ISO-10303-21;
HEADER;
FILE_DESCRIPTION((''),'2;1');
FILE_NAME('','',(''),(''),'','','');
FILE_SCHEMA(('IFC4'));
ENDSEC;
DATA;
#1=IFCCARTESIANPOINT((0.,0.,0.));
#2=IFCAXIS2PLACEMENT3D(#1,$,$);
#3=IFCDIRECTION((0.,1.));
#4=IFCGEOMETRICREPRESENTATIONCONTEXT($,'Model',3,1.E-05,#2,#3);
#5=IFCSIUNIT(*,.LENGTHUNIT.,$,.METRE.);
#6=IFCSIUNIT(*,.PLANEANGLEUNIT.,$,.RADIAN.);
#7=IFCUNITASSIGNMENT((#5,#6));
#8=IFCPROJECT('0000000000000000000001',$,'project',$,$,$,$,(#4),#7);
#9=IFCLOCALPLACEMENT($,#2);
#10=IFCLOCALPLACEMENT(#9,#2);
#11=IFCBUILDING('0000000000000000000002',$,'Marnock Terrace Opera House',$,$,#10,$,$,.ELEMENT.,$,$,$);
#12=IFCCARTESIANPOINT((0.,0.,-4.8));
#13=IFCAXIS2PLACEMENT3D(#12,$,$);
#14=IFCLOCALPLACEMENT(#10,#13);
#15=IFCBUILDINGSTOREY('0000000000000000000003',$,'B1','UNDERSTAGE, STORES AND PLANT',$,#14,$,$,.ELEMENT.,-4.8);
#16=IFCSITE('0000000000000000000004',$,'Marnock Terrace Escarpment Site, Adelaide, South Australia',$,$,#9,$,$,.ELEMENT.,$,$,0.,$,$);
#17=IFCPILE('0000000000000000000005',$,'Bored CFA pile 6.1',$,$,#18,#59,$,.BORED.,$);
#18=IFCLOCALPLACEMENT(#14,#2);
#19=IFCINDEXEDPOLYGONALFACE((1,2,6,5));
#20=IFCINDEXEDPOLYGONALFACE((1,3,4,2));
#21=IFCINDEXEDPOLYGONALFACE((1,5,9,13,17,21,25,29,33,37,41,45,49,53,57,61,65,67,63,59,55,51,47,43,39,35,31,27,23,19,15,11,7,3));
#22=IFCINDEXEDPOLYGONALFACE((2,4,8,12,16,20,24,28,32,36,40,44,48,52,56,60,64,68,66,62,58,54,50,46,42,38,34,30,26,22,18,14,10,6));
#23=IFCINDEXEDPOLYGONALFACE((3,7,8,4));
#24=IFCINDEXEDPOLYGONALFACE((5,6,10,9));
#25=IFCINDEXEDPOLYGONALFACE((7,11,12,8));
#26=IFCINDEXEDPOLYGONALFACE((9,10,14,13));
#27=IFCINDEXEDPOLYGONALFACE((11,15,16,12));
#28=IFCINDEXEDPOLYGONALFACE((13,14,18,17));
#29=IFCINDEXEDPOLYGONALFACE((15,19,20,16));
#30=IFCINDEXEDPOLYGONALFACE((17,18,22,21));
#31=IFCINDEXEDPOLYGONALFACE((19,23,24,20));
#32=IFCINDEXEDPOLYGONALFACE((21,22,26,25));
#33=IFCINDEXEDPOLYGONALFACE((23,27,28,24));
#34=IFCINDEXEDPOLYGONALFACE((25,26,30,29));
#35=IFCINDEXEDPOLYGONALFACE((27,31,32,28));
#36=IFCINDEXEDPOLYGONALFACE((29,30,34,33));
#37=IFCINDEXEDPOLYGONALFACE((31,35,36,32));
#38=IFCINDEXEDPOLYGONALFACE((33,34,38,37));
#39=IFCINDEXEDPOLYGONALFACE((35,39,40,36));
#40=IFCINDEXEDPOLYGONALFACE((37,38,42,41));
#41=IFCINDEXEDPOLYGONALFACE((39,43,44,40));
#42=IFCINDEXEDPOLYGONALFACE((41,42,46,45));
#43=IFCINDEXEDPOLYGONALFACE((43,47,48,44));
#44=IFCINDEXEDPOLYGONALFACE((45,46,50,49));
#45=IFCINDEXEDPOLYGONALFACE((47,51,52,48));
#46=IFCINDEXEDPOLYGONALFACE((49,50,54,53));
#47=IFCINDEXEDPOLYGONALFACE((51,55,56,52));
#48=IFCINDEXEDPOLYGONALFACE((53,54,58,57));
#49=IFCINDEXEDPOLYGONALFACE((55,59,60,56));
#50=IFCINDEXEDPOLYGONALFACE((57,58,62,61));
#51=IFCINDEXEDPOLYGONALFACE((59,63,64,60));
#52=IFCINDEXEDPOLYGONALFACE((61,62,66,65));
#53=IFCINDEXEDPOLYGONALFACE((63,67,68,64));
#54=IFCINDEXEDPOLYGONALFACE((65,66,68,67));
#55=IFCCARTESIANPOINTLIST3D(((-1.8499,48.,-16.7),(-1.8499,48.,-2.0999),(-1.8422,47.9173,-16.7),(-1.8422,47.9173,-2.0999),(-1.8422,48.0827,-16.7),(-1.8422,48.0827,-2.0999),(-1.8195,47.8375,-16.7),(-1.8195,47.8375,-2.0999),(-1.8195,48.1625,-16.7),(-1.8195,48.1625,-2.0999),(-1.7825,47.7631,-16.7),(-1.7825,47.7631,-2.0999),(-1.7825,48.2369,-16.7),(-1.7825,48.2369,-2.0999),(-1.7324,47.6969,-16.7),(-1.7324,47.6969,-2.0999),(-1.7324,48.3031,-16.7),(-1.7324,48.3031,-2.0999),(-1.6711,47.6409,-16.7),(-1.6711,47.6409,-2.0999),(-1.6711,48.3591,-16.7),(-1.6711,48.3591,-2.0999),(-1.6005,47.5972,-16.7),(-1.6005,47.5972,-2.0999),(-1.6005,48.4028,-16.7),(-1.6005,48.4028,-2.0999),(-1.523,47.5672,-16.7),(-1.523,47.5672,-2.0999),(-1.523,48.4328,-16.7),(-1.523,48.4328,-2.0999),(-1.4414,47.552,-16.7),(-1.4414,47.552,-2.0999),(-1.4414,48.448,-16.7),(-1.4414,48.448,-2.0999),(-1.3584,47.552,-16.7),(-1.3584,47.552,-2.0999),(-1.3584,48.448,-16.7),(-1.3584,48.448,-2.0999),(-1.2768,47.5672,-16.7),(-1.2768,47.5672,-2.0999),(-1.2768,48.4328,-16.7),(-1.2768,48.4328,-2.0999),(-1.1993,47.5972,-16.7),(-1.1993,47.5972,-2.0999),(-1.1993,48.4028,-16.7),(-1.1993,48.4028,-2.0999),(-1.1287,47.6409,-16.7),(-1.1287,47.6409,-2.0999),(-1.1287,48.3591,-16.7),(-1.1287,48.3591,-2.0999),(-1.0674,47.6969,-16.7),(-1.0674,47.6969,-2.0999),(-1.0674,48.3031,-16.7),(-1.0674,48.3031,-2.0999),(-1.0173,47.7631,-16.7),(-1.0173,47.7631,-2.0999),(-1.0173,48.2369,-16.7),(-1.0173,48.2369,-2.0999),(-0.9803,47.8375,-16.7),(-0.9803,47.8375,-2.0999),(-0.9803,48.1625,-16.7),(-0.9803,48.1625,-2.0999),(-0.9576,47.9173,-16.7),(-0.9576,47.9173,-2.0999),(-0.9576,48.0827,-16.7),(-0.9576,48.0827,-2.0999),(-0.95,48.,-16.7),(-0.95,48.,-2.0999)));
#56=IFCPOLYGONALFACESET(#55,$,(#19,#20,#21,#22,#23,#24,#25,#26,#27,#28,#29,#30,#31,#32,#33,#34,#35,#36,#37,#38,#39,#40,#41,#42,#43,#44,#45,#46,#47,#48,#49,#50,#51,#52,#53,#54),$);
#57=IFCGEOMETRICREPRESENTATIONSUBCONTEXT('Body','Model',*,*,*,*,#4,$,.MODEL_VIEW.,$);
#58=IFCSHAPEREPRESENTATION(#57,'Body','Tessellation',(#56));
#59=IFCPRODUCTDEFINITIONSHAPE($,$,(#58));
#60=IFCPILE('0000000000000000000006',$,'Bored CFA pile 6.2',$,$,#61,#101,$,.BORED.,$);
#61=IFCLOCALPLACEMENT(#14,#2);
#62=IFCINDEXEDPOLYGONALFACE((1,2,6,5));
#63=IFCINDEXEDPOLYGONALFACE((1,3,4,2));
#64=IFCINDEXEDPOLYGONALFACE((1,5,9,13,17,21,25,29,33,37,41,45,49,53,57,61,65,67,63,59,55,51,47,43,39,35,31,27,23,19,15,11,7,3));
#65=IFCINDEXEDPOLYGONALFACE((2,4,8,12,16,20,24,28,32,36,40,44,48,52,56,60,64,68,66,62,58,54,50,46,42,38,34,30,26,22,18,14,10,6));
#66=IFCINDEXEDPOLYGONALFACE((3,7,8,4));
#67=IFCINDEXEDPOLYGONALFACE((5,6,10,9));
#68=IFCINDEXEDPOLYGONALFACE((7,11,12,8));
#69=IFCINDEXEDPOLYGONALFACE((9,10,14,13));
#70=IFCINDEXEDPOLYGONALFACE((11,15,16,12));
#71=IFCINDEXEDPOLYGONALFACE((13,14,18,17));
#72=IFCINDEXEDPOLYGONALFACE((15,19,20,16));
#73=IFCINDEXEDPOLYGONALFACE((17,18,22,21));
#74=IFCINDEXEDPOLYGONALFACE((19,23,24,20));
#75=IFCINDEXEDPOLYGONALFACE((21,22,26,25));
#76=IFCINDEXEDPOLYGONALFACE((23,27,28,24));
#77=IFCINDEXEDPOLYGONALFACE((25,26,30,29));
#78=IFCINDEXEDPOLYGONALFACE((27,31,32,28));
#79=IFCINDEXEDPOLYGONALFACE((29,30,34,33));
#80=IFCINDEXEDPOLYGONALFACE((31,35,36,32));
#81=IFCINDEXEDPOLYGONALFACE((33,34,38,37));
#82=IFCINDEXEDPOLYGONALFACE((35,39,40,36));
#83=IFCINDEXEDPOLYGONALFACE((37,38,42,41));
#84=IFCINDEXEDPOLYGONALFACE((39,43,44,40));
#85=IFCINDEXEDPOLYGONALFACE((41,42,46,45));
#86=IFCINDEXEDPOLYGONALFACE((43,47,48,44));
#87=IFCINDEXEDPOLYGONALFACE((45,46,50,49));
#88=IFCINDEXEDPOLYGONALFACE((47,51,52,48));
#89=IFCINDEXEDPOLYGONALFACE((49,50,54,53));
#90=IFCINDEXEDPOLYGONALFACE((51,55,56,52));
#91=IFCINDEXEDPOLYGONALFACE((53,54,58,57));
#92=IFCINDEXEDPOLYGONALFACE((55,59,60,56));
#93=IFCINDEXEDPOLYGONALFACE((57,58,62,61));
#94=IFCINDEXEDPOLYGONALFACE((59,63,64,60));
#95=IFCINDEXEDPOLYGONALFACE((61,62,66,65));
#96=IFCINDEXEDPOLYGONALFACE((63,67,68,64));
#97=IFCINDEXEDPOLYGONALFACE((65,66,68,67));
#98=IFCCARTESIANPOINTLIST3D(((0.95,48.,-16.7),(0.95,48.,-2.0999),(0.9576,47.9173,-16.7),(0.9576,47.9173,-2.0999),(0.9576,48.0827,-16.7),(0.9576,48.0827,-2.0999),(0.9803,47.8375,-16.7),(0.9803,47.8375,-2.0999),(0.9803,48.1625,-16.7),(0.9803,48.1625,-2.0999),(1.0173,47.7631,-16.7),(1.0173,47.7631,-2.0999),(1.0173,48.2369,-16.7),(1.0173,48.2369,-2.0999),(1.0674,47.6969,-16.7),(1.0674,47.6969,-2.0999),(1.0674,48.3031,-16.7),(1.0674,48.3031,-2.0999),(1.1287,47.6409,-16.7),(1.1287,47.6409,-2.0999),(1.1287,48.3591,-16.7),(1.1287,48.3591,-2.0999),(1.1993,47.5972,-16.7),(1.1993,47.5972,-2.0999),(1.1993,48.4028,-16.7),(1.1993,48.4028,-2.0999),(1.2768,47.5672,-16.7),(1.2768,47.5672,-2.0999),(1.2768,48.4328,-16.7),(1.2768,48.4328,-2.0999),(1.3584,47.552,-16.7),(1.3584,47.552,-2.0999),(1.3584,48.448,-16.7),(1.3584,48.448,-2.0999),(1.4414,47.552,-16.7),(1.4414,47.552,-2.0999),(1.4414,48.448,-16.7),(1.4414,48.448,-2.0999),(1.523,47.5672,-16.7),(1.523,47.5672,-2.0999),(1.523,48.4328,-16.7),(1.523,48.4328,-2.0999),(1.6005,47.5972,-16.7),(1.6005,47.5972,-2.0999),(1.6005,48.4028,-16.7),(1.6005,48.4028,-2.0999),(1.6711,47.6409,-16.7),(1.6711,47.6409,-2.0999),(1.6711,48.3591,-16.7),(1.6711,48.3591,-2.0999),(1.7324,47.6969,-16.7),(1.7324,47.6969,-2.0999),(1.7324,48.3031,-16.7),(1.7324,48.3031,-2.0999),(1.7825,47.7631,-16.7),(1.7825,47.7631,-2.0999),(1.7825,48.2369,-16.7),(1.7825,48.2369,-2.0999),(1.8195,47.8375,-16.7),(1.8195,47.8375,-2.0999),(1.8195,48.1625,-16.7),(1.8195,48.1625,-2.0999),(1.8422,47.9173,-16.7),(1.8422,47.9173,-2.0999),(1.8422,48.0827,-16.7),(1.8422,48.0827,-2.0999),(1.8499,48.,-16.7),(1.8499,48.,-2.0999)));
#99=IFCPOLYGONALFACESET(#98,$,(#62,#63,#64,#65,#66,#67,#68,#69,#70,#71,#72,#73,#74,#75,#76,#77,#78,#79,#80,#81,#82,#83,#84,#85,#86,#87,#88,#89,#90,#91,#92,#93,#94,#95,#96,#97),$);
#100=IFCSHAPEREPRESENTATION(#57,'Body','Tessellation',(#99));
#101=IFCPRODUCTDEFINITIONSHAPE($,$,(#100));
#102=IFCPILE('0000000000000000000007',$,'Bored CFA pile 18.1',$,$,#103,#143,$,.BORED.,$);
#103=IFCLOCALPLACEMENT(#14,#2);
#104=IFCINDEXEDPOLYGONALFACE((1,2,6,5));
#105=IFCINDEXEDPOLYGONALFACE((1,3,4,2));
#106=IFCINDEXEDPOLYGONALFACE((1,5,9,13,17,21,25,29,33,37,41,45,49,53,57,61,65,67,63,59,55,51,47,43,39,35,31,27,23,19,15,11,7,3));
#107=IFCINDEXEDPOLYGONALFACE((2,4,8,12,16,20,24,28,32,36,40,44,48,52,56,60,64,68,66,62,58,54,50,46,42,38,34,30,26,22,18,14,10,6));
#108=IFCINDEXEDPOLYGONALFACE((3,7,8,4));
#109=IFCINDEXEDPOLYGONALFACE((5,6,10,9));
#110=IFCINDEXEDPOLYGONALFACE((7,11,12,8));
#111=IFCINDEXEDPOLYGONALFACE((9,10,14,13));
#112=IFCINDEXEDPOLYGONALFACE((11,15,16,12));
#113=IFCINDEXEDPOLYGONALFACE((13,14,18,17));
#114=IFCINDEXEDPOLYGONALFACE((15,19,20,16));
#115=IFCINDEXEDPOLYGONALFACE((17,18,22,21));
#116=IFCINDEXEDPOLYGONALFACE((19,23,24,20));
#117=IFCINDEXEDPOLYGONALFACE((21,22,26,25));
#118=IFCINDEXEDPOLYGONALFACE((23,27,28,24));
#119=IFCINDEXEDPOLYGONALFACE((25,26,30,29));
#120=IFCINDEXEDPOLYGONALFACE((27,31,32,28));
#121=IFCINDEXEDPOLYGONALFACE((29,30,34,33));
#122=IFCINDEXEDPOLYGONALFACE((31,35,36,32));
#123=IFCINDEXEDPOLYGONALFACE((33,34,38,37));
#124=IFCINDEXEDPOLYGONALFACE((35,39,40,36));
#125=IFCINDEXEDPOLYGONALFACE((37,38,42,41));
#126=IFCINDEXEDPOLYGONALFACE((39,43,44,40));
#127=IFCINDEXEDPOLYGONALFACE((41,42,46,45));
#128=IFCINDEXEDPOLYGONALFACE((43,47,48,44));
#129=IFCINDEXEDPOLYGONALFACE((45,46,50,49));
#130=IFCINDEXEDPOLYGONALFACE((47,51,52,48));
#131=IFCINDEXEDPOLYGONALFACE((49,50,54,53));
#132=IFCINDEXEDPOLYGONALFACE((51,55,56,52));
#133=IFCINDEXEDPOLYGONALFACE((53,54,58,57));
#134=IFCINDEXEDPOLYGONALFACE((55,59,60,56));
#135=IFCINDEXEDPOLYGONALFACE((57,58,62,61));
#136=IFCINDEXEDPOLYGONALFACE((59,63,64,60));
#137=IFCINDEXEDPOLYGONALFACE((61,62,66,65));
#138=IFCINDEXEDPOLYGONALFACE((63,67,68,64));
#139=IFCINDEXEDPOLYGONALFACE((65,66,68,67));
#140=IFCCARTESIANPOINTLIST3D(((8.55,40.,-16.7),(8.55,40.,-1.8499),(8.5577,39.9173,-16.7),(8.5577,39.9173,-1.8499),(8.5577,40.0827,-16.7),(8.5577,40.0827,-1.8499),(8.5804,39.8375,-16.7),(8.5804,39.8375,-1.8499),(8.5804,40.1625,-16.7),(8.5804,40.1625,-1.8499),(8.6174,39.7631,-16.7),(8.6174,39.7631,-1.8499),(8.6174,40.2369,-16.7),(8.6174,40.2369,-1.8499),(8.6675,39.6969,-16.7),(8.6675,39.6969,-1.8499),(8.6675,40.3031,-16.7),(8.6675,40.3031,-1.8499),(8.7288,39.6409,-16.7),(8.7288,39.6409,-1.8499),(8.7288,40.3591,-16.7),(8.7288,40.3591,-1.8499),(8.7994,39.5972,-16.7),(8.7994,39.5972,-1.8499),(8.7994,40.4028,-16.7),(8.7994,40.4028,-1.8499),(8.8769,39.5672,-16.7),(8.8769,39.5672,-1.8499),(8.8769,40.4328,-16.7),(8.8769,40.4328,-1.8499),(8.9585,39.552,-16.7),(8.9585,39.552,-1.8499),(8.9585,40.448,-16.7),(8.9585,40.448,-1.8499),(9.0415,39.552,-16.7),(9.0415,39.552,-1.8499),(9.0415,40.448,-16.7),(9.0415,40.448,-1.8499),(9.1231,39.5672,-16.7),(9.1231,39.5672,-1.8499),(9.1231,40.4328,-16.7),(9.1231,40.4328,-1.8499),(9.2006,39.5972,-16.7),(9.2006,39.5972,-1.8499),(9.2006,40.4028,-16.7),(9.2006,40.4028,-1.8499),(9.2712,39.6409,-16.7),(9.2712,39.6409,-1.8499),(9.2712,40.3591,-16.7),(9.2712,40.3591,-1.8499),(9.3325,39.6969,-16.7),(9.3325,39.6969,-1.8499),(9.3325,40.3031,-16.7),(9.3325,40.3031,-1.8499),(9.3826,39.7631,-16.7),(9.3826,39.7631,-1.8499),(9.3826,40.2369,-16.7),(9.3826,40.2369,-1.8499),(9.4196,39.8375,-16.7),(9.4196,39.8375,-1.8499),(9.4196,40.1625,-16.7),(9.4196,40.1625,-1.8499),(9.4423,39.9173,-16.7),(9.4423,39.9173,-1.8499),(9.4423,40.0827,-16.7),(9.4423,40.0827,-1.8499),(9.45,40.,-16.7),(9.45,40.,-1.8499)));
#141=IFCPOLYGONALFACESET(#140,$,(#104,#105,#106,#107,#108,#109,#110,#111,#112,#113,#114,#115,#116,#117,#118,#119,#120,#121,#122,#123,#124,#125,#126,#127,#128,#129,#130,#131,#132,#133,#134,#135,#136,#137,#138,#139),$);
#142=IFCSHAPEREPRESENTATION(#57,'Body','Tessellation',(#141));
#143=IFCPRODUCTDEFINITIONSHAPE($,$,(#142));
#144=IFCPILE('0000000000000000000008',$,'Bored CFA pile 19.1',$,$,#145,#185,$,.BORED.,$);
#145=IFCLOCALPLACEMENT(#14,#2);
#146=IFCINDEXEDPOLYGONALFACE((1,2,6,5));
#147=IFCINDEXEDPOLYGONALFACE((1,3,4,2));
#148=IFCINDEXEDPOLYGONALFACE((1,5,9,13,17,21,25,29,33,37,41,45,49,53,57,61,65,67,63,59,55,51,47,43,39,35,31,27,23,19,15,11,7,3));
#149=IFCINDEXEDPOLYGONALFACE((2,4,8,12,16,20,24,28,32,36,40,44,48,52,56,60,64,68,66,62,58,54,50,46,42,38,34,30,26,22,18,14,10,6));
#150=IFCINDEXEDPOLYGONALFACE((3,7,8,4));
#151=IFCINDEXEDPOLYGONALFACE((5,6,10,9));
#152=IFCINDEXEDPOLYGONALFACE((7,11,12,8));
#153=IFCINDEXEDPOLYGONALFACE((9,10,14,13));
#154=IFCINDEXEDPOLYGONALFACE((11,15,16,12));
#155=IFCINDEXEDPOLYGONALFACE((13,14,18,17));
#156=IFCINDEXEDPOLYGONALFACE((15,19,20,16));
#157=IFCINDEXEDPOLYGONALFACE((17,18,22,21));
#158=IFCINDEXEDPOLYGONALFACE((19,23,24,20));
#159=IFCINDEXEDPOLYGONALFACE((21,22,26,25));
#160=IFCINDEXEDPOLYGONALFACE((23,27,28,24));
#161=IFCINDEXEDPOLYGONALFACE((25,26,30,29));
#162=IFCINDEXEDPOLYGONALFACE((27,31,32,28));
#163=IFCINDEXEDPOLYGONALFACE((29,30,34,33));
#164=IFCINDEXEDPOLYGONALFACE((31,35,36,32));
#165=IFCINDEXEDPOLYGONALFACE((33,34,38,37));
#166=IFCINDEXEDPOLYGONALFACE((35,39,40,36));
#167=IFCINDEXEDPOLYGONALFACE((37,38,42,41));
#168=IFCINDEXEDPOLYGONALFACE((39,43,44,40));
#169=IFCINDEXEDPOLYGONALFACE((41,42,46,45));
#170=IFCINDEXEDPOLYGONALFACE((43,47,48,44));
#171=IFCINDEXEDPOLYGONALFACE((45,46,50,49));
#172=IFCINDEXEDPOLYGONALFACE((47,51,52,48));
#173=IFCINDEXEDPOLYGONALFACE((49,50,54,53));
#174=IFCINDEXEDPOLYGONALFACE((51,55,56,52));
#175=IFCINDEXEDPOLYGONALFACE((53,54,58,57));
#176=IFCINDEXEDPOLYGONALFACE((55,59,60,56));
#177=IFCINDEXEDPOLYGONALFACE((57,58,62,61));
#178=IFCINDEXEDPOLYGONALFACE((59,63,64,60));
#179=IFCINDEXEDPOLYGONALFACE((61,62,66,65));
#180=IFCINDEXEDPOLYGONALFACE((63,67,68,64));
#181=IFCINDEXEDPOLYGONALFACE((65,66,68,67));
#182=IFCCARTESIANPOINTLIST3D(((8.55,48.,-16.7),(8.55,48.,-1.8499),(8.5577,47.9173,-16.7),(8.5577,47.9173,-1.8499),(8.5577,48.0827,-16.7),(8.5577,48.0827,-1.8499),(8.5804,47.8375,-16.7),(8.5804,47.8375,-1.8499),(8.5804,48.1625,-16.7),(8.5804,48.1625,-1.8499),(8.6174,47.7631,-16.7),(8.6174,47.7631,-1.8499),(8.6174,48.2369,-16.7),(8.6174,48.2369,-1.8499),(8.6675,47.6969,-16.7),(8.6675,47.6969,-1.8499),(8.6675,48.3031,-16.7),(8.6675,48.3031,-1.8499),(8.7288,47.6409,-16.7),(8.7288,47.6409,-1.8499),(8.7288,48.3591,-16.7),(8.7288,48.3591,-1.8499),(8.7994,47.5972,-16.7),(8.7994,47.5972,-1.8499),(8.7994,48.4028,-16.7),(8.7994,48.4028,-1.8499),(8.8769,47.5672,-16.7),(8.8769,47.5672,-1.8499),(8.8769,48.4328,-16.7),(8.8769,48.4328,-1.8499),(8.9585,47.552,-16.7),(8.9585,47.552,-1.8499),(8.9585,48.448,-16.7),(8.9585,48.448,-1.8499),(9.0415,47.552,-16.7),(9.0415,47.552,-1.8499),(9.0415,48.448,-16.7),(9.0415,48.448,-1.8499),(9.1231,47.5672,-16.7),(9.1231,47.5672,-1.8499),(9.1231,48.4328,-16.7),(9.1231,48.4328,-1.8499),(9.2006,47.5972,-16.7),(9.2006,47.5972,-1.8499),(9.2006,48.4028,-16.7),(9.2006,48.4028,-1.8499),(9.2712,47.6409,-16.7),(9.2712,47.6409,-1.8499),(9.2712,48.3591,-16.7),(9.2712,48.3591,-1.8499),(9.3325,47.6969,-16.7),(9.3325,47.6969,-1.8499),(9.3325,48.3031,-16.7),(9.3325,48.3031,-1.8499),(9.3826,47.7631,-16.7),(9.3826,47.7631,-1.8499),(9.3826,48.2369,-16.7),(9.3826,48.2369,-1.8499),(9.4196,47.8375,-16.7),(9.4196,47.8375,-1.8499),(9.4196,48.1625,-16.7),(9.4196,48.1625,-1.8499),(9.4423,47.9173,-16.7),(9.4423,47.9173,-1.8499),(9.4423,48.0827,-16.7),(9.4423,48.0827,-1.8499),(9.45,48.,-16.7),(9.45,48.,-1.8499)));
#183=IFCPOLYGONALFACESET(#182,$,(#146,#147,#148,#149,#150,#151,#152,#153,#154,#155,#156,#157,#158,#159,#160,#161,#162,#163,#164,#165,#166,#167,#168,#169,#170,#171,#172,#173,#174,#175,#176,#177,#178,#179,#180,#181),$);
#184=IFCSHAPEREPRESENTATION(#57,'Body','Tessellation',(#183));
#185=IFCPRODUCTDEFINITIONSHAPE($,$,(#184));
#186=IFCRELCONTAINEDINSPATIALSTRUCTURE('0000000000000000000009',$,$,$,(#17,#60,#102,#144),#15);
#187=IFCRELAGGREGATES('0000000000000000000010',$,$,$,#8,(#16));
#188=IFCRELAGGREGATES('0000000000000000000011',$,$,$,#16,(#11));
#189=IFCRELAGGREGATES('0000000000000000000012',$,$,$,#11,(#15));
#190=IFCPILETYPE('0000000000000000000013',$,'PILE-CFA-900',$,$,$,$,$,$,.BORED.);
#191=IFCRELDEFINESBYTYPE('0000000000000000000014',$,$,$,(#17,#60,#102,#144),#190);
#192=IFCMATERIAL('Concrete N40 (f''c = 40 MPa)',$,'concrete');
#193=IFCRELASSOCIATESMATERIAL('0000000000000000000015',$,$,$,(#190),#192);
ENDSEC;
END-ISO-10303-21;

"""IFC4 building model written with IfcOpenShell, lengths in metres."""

from ifc_helpers import new_model, si_unit, direction, frame, origin, origin_2d, place, context, subcontext, project, spatial, circle, extrude, material, material_profile, profile_set, type_object, element, save


model = new_model("IFC4")

# Units and contexts
model_context = context("Model", 3, precision=1e-05, world=origin(), true_north=direction((0.0, 1.0)))
body_context = subcontext(model_context, "Body", "Model", "MODEL_VIEW")
ifc_project = project(units=[si_unit("LENGTHUNIT", "METRE"), si_unit("PLANEANGLEUNIT", "RADIAN")], contexts=[model_context])

# Site, building, storey
site_placement = place(None, origin())
site = spatial("IfcSite", under=ifc_project, at=site_placement, Name="Marnock Terrace Escarpment Site, Adelaide, South Australia", CompositionType="ELEMENT", RefElevation=0.0)
building_placement = place(site_placement, origin())
building = spatial("IfcBuilding", under=site, at=building_placement, Name="Marnock Terrace Opera House", CompositionType="ELEMENT")
storey_placement = place(building_placement, frame((0.0, 0.0, -4.8)))
storey = spatial("IfcBuildingStorey", under=building, at=storey_placement, Name="B1", Description="UNDERSTAGE, STORES AND PLANT", CompositionType="ELEMENT", Elevation=-4.8)

# Shared definitions
ifc_material_1 = material(Name="Concrete N40 (f'c = 40 MPa)", Category="concrete")

# Piles
ifc_material_profile_1 = material_profile(ifc_material_1, circle(Radius=0.45, at=origin_2d()))
ifc_profile_set_1 = profile_set([ifc_material_profile_1], Name="Concrete N40 (f'c = 40 MPa)")
pile_type = type_object("IfcPileType", Name="PILE-CFA-900", PredefinedType="BORED", material=ifc_profile_set_1)
for number, where, z_axis, x_axis, name in (
    (1, (-1.3999, 48.0, -2.0999), (0.0, 0.0, -1.0), (1.0, 0.0, 0.0), "Bored CFA pile 6.1"),
    (2, (1.3999, 48.0, -2.0999), (0.0, 0.0, -1.0), (1.0, 0.0, 0.0), "Bored CFA pile 6.2"),
):
    element("IfcPile", number, at=place(storey_placement, frame(where, z_axis=z_axis, x_axis=x_axis)), inside=storey, type_object=pile_type, Name=name, PredefinedType="BORED", context=body_context, shape_type="SweptSolid", body=[
        extrude(circle(Radius=0.45, at=origin_2d()), origin(), (0.0, 0.0, 1.0), 14.6001),
    ])
for number, where, z_axis, x_axis, name in (
    (3, (9.0, 40.0, -1.8499), (0.0, 0.0, -1.0), (1.0, 0.0, 0.0), "Bored CFA pile 18.1"),
    (4, (9.0, 48.0, -1.8499), (0.0, 0.0, -1.0), (1.0, 0.0, 0.0), "Bored CFA pile 19.1"),
):
    element("IfcPile", number, at=place(storey_placement, frame(where, z_axis=z_axis, x_axis=x_axis)), inside=storey, type_object=pile_type, Name=name, PredefinedType="BORED", context=body_context, shape_type="SweptSolid", body=[
        extrude(circle(Radius=0.45, at=origin_2d()), origin(), (0.0, 0.0, 1.0), 14.8501),
    ])

save(model, "model.ifc")
